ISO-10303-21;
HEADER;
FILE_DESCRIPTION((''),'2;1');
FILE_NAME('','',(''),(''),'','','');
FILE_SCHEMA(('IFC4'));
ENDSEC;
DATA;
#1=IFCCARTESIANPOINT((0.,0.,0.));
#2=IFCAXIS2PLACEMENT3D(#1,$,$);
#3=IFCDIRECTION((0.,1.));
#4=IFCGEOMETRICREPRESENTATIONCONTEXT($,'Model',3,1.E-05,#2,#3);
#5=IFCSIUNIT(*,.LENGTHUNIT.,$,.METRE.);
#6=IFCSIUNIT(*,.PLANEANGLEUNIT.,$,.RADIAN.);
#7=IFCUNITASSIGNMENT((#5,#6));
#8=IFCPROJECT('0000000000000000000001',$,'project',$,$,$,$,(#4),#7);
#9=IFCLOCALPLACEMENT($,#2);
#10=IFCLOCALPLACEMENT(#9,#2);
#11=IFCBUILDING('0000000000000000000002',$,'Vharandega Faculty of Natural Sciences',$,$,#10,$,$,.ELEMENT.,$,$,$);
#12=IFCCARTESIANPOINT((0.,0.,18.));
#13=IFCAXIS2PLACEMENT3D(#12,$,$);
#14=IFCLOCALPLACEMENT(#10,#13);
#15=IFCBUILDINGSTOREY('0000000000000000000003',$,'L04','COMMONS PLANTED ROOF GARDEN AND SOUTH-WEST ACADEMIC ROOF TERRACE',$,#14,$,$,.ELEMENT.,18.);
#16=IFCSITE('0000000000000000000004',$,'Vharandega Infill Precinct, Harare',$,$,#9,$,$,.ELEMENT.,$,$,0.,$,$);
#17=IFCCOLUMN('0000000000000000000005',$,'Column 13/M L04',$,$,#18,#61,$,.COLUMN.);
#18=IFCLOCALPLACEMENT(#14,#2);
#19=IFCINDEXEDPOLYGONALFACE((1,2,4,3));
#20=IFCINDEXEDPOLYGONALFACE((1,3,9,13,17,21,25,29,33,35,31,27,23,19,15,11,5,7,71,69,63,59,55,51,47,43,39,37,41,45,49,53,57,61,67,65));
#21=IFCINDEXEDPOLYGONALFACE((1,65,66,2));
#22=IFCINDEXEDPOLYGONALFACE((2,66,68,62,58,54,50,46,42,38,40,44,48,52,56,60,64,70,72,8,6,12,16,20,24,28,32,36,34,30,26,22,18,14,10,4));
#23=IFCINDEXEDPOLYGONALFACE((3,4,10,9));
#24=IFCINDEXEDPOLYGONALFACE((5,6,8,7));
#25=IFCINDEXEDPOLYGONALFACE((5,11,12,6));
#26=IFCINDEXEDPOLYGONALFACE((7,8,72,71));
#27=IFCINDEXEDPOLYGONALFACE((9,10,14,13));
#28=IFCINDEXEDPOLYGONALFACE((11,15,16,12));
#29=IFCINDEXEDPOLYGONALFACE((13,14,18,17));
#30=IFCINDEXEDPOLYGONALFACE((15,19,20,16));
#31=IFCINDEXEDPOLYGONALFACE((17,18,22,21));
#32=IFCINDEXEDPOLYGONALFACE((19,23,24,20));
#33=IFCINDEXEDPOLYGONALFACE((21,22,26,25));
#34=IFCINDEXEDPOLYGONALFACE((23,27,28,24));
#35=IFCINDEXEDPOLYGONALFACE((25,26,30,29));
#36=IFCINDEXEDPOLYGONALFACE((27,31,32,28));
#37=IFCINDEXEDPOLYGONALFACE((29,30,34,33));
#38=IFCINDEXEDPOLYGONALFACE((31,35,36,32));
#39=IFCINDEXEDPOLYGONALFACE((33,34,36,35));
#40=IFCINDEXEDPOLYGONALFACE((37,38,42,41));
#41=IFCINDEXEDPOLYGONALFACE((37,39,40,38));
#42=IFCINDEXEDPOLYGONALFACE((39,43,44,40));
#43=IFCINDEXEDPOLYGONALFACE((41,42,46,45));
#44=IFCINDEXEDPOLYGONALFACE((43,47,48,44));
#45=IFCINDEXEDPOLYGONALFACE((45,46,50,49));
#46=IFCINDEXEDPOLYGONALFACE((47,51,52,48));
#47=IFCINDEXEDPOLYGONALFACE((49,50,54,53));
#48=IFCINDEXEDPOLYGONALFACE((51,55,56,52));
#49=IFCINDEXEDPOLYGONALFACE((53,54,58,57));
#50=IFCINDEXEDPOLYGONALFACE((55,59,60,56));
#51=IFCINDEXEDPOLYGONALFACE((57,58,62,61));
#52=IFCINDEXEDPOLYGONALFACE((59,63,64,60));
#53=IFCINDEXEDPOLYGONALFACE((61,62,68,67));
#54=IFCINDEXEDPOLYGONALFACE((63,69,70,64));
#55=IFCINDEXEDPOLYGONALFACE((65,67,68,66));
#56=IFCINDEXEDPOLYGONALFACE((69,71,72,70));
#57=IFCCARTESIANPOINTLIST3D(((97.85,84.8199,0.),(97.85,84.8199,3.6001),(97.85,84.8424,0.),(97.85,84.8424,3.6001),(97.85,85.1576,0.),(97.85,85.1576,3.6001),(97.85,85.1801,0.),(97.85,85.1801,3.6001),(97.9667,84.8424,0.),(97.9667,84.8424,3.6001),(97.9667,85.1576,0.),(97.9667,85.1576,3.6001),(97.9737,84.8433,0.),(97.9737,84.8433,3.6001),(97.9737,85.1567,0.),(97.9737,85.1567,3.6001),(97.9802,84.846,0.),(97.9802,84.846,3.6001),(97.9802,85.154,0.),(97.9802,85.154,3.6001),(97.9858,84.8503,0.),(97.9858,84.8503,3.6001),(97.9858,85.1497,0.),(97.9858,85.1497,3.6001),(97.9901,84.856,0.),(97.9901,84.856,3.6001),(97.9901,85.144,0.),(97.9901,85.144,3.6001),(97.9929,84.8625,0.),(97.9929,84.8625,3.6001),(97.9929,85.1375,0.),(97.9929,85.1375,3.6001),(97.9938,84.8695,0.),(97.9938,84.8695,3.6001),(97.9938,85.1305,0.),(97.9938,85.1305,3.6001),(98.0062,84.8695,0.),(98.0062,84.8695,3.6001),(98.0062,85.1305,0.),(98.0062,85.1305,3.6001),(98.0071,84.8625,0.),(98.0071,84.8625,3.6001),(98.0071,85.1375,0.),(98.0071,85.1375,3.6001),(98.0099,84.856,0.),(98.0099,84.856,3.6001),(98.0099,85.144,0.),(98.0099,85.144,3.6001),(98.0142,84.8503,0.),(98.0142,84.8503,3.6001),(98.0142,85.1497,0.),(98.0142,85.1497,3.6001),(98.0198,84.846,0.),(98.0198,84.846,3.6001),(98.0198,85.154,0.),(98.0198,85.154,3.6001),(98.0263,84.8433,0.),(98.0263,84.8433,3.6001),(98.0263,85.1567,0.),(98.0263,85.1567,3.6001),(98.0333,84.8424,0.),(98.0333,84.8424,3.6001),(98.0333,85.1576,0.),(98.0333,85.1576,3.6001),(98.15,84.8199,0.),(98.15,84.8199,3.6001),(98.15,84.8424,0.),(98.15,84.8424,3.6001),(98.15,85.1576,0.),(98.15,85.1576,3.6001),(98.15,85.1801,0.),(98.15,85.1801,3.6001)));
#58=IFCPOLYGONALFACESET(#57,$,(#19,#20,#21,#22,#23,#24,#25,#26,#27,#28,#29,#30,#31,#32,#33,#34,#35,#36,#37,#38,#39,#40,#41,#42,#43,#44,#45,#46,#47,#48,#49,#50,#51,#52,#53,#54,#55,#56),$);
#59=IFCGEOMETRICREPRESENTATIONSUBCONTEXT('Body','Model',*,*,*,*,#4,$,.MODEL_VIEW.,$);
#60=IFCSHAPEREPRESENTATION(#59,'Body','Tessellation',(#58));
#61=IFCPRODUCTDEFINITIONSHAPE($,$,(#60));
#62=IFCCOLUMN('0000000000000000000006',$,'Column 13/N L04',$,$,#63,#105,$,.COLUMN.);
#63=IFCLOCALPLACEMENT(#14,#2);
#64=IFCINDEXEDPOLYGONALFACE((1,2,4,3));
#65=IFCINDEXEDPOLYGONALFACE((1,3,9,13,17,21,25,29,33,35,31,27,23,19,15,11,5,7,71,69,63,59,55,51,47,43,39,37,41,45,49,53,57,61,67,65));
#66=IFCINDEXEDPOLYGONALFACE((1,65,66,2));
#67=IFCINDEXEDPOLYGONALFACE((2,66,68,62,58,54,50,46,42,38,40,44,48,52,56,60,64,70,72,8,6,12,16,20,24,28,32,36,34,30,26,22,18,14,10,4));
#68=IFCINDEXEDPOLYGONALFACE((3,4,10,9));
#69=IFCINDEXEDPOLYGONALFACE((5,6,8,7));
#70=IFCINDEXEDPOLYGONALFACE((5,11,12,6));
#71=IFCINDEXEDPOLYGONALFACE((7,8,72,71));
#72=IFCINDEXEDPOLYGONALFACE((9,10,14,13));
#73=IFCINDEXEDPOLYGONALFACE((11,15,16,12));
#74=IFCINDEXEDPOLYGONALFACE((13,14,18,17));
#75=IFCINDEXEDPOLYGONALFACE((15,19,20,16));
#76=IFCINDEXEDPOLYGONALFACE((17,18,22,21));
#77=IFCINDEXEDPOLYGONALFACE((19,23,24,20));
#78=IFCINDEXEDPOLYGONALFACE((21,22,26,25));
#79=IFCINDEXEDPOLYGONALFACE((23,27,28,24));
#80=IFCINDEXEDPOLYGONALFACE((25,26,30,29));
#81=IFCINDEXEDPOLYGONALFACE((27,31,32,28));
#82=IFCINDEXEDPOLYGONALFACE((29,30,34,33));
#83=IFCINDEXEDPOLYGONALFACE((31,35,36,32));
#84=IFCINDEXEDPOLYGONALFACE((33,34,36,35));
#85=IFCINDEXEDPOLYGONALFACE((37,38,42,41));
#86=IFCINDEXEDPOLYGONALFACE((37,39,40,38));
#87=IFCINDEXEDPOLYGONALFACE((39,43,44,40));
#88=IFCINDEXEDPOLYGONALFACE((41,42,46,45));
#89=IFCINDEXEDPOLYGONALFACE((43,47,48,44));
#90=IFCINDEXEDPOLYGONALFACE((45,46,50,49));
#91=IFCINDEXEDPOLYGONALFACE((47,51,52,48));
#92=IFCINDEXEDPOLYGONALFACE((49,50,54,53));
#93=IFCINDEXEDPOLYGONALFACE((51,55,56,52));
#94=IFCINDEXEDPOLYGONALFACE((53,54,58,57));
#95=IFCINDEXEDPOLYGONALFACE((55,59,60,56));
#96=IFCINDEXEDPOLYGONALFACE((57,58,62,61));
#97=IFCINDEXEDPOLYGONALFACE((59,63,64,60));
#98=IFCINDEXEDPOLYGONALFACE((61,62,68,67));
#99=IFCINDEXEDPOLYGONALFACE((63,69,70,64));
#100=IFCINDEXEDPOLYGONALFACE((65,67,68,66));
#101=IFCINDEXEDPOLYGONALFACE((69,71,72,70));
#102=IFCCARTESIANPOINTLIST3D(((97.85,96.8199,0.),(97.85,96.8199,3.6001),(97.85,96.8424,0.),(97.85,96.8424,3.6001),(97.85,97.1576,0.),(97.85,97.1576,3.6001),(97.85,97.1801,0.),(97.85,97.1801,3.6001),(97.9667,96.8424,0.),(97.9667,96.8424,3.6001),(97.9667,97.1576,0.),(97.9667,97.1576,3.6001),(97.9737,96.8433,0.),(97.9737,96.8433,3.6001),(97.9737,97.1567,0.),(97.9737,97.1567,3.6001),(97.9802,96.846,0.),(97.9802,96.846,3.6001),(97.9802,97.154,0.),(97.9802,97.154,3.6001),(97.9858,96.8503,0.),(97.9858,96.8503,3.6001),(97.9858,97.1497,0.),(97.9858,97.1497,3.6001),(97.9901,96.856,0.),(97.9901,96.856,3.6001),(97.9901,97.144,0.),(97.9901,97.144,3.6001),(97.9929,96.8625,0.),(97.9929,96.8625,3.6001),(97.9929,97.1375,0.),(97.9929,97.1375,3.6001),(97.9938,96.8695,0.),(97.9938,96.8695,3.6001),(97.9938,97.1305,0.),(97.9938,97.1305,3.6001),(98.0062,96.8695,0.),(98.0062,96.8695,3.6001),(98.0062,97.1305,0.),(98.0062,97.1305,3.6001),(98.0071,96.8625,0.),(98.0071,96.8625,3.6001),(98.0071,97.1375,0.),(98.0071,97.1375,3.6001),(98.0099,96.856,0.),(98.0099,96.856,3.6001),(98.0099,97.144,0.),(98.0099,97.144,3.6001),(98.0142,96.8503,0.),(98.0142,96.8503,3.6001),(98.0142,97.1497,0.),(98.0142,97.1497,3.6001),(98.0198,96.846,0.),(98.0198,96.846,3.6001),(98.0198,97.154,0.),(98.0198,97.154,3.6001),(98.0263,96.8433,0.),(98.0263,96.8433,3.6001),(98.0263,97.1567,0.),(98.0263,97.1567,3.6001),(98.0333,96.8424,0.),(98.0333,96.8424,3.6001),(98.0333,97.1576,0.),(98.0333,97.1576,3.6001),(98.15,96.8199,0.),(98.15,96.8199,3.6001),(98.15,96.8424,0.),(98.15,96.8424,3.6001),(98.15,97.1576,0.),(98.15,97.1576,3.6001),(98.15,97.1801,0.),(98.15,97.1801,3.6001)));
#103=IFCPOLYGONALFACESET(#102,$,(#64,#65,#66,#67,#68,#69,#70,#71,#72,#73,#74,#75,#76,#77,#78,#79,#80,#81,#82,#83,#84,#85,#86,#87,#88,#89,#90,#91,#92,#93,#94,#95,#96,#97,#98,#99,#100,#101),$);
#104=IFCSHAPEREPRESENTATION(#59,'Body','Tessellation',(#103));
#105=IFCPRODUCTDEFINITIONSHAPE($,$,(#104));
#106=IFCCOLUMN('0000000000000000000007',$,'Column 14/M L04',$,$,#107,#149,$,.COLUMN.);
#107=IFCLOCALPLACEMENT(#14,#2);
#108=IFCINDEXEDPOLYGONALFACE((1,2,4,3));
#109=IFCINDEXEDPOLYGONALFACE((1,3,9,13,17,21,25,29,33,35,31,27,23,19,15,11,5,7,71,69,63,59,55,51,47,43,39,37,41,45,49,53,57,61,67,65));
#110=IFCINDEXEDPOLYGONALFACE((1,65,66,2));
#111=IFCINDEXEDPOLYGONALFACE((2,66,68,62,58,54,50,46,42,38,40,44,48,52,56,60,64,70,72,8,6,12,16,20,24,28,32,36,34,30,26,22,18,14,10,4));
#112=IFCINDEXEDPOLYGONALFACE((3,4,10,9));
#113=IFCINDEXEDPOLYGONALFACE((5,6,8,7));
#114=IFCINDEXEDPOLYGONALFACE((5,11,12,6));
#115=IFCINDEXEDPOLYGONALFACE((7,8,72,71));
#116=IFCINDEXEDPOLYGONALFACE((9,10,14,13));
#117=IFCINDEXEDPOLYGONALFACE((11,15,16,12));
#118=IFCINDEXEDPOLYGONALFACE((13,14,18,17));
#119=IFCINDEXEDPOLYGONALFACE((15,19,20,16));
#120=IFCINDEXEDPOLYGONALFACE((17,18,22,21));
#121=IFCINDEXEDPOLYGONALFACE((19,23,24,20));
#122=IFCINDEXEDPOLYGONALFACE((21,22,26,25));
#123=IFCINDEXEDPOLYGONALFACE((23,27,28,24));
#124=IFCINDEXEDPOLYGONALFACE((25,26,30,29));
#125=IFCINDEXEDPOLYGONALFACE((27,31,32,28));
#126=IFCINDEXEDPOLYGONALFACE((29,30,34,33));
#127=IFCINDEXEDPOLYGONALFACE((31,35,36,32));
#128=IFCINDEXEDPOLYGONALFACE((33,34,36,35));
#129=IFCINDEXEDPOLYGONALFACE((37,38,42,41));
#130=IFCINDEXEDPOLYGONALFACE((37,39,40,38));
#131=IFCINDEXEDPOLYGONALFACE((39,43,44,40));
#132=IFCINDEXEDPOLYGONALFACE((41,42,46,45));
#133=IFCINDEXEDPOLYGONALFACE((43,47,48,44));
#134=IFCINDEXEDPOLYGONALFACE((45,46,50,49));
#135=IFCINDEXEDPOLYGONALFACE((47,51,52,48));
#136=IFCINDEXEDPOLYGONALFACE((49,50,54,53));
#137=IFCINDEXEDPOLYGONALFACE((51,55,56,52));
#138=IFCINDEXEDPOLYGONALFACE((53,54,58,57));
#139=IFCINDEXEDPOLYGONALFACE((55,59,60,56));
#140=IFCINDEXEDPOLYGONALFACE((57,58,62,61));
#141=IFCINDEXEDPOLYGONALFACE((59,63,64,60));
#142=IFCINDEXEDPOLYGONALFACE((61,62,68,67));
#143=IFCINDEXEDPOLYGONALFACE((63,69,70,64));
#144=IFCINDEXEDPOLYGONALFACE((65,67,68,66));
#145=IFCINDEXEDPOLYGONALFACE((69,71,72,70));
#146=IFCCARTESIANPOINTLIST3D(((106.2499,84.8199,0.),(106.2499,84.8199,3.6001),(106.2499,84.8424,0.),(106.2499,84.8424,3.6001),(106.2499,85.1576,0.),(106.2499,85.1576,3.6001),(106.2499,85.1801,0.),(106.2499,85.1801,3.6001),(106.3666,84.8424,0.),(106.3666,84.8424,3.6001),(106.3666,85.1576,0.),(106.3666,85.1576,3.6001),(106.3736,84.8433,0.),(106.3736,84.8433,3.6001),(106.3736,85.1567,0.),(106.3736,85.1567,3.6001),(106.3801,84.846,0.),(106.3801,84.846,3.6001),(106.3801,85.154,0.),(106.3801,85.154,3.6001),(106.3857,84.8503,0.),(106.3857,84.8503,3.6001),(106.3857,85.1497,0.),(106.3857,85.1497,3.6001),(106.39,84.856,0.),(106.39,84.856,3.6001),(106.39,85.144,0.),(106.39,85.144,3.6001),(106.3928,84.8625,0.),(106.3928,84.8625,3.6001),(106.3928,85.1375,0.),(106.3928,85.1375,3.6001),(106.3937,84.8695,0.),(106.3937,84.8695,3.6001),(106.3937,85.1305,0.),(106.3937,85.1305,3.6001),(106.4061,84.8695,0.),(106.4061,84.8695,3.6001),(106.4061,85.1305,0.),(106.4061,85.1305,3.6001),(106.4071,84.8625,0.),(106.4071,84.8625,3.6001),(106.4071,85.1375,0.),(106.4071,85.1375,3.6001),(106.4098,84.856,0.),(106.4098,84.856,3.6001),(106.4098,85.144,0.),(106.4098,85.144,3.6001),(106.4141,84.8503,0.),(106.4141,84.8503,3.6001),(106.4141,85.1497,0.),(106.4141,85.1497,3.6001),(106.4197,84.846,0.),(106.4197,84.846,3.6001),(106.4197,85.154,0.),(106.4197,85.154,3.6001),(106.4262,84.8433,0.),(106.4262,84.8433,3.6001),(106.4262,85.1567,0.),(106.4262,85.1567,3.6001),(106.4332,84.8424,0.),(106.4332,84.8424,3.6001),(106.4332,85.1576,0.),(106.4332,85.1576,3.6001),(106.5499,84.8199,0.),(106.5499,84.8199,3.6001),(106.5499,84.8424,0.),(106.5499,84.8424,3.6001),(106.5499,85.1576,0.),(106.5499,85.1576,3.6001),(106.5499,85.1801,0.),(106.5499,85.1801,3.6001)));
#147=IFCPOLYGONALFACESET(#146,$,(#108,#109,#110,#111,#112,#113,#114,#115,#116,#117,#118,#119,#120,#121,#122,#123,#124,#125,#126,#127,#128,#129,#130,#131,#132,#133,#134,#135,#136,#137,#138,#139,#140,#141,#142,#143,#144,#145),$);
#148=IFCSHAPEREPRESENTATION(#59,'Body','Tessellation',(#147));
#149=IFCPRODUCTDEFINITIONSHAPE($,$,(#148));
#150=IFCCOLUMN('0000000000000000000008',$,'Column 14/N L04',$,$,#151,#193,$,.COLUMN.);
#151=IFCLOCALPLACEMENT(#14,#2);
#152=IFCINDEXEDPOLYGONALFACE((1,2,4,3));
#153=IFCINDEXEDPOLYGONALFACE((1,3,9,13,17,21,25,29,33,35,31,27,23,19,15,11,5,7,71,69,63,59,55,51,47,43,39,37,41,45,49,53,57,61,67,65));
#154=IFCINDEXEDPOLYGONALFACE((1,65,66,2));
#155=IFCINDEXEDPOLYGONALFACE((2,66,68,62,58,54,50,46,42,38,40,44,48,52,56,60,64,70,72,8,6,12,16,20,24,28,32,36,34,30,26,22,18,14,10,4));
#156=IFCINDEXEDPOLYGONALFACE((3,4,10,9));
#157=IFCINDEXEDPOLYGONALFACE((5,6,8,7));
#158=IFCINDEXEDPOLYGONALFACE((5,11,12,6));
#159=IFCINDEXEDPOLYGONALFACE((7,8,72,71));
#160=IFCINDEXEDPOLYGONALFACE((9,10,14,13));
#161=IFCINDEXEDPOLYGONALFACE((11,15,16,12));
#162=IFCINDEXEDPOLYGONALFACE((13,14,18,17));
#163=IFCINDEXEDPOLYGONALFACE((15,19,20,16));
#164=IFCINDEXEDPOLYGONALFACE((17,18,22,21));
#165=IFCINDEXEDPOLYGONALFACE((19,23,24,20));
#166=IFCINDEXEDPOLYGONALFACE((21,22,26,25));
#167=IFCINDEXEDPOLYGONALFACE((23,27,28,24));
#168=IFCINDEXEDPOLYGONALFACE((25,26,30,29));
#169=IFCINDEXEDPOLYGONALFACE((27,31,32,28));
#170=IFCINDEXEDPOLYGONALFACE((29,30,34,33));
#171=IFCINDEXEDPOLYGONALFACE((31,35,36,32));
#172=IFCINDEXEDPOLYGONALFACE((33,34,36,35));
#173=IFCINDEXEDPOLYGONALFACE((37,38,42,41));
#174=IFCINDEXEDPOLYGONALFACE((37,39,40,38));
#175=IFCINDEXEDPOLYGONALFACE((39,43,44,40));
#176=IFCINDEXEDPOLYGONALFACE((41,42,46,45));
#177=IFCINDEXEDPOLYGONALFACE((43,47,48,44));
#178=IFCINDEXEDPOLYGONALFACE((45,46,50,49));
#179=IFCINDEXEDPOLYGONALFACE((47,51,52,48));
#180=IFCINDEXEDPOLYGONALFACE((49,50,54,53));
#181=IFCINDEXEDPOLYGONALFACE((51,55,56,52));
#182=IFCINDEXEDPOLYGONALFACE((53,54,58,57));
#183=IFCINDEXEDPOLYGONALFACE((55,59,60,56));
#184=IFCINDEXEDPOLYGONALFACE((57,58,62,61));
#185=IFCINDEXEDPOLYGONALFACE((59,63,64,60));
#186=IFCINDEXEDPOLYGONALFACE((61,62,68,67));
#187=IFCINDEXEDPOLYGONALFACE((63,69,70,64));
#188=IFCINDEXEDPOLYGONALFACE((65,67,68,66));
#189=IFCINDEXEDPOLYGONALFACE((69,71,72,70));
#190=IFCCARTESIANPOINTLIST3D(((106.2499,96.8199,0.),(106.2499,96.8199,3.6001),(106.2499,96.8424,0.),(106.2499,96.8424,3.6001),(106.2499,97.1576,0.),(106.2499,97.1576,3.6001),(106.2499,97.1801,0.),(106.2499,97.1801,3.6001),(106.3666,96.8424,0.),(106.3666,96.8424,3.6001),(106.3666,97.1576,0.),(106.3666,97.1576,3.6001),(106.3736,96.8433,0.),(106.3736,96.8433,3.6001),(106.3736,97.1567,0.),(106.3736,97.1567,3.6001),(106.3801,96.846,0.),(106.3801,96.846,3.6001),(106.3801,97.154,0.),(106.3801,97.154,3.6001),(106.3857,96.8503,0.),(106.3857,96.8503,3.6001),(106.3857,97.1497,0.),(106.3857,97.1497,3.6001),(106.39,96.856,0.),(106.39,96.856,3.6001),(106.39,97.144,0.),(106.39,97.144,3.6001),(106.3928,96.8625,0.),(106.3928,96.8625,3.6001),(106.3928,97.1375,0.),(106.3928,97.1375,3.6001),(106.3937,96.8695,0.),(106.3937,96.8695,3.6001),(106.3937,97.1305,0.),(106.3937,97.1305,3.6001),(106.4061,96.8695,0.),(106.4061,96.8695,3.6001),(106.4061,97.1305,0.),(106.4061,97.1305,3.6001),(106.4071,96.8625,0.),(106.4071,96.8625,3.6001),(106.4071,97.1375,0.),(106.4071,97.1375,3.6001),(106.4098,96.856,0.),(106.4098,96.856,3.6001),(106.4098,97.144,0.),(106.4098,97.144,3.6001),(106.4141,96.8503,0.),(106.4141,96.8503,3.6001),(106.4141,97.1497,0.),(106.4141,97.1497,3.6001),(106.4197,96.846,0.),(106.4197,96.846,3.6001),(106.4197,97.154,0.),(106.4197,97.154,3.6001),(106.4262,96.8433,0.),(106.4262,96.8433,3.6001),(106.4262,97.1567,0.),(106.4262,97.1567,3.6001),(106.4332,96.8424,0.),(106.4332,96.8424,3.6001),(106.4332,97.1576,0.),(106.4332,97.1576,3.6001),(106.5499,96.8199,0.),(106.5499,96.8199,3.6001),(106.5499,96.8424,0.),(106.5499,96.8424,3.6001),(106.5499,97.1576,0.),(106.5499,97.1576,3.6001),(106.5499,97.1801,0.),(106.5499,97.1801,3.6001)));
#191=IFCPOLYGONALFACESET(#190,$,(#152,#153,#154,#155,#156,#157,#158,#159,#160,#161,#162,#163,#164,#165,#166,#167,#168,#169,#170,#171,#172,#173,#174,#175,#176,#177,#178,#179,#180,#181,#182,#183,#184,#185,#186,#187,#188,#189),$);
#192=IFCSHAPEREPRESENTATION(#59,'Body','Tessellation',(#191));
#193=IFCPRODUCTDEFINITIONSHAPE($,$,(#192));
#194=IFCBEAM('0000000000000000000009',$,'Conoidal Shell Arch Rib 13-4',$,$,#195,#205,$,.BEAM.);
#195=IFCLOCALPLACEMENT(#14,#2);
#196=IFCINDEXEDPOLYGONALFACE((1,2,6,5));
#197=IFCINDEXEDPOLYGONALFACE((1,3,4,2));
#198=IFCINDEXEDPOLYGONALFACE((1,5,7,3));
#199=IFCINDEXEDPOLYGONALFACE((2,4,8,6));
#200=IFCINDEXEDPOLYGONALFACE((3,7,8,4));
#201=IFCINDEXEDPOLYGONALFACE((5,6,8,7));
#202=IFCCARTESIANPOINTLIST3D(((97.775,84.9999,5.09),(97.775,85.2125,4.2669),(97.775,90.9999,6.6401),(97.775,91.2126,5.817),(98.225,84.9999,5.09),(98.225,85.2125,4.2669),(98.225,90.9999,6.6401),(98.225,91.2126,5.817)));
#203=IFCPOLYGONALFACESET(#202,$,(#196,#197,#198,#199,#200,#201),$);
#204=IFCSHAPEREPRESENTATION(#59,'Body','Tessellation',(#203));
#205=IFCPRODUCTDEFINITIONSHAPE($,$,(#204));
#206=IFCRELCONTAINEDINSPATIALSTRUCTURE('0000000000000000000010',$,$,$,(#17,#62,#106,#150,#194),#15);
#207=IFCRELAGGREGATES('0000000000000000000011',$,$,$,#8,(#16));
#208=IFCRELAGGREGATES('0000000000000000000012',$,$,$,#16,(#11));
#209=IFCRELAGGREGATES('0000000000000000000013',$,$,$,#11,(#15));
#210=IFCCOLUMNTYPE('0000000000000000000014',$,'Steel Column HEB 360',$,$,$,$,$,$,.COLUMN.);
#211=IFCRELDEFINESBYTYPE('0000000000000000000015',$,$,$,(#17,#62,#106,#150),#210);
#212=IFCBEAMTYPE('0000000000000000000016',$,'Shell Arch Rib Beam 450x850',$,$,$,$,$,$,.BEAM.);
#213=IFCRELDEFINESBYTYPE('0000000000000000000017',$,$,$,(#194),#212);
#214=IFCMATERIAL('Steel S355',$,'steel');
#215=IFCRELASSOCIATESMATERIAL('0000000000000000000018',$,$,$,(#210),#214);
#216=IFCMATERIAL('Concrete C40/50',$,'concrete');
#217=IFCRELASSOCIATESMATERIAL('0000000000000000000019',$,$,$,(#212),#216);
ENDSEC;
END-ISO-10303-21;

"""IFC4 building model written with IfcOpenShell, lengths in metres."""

from ifc_helpers import new_model, si_unit, direction, frame, origin, origin_2d, place, context, subcontext, project, spatial, rectangle, i_section, extrude, material, material_profile, profile_set, type_object, element, save


model = new_model("IFC4")

# Units and contexts
model_context = context("Model", 3, precision=1e-05, world=origin(), true_north=direction((0.0, 1.0)))
body_context = subcontext(model_context, "Body", "Model", "MODEL_VIEW")
ifc_project = project(units=[si_unit("LENGTHUNIT", "METRE"), si_unit("PLANEANGLEUNIT", "RADIAN")], contexts=[model_context])

# Site, building, storey
site_placement = place(None, origin())
site = spatial("IfcSite", under=ifc_project, at=site_placement, Name="Vharandega Infill Precinct, Harare", CompositionType="ELEMENT", RefElevation=0.0)
building_placement = place(site_placement, origin())
building = spatial("IfcBuilding", under=site, at=building_placement, Name="Vharandega Faculty of Natural Sciences", CompositionType="ELEMENT")
storey_placement = place(building_placement, frame((0.0, 0.0, 18.0)))
storey = spatial("IfcBuildingStorey", under=building, at=storey_placement, Name="L04", Description="COMMONS PLANTED ROOF GARDEN AND SOUTH-WEST ACADEMIC ROOF TERRACE", CompositionType="ELEMENT", Elevation=18.0)

# Columns
ifc_material_1 = material(Name="Steel S355", Category="steel")
ifc_material_profile_1 = material_profile(ifc_material_1, i_section(OverallWidth=0.3, OverallDepth=0.3601, WebThickness=0.0125, FlangeThickness=0.0225, FilletRadius=0.0271, at=origin_2d()), Name="HEB 360")
ifc_profile_set_1 = profile_set([ifc_material_profile_1], Name="Steel S355")
column_type = type_object("IfcColumnType", Name="Steel Column HEB 360", PredefinedType="COLUMN", material=ifc_profile_set_1)
for number, where, z_axis, x_axis, name in (
    (1, (98.0, 85.0, 0.0), (0.0, 0.0, 1.0), (1.0, 0.0, 0.0), "Column 13/M L04"),
    (2, (98.0, 97.0, 0.0), (0.0, 0.0, 1.0), (1.0, 0.0, 0.0), "Column 13/N L04"),
    (3, (106.3999, 85.0, 0.0), (0.0, 0.0, 1.0), (1.0, 0.0, 0.0), "Column 14/M L04"),
    (4, (106.3999, 97.0, 0.0), (0.0, 0.0, 1.0), (1.0, 0.0, 0.0), "Column 14/N L04"),
):
    element("IfcColumn", number, at=place(storey_placement, frame(where, z_axis=z_axis, x_axis=x_axis)), inside=storey, type_object=column_type, Name=name, PredefinedType="COLUMN", context=body_context, shape_type="SweptSolid", body=[
        extrude(i_section(OverallWidth=0.3, OverallDepth=0.3601, WebThickness=0.0125, FlangeThickness=0.0225, FilletRadius=0.0271, at=origin_2d()), origin(), (0.0, 0.0, 1.0), 3.6001),
    ])

# Beam
ifc_material_2 = material(Name="Concrete C40/50", Category="concrete")
ifc_material_profile_2 = material_profile(ifc_material_2, rectangle(XDim=0.45, YDim=0.8501, at=origin_2d()), Name="RC 450x850")
ifc_profile_set_2 = profile_set([ifc_material_profile_2], Name="Concrete C40/50")
beam_type_1 = type_object("IfcBeamType", Name="Shell Arch Rib Beam 450x850", PredefinedType="BEAM", material=ifc_profile_set_2)
beam_1_placement = place(storey_placement, frame((98.0, 85.1062, 4.6785), z_axis=(0.0, 0.968212, 0.250129), x_axis=(-1.0, 0.0, 0.0)))
element("IfcBeam", 5, at=beam_1_placement, inside=storey, type_object=beam_type_1, Name="Conoidal Shell Arch Rib 13-4", PredefinedType="BEAM", context=body_context, shape_type="SweptSolid", body=[
    extrude(rectangle(XDim=0.45, YDim=0.8501, at=origin_2d()), origin(), (0.0, 0.0, 1.0), 6.197),
])

save(model, "model.ifc")
